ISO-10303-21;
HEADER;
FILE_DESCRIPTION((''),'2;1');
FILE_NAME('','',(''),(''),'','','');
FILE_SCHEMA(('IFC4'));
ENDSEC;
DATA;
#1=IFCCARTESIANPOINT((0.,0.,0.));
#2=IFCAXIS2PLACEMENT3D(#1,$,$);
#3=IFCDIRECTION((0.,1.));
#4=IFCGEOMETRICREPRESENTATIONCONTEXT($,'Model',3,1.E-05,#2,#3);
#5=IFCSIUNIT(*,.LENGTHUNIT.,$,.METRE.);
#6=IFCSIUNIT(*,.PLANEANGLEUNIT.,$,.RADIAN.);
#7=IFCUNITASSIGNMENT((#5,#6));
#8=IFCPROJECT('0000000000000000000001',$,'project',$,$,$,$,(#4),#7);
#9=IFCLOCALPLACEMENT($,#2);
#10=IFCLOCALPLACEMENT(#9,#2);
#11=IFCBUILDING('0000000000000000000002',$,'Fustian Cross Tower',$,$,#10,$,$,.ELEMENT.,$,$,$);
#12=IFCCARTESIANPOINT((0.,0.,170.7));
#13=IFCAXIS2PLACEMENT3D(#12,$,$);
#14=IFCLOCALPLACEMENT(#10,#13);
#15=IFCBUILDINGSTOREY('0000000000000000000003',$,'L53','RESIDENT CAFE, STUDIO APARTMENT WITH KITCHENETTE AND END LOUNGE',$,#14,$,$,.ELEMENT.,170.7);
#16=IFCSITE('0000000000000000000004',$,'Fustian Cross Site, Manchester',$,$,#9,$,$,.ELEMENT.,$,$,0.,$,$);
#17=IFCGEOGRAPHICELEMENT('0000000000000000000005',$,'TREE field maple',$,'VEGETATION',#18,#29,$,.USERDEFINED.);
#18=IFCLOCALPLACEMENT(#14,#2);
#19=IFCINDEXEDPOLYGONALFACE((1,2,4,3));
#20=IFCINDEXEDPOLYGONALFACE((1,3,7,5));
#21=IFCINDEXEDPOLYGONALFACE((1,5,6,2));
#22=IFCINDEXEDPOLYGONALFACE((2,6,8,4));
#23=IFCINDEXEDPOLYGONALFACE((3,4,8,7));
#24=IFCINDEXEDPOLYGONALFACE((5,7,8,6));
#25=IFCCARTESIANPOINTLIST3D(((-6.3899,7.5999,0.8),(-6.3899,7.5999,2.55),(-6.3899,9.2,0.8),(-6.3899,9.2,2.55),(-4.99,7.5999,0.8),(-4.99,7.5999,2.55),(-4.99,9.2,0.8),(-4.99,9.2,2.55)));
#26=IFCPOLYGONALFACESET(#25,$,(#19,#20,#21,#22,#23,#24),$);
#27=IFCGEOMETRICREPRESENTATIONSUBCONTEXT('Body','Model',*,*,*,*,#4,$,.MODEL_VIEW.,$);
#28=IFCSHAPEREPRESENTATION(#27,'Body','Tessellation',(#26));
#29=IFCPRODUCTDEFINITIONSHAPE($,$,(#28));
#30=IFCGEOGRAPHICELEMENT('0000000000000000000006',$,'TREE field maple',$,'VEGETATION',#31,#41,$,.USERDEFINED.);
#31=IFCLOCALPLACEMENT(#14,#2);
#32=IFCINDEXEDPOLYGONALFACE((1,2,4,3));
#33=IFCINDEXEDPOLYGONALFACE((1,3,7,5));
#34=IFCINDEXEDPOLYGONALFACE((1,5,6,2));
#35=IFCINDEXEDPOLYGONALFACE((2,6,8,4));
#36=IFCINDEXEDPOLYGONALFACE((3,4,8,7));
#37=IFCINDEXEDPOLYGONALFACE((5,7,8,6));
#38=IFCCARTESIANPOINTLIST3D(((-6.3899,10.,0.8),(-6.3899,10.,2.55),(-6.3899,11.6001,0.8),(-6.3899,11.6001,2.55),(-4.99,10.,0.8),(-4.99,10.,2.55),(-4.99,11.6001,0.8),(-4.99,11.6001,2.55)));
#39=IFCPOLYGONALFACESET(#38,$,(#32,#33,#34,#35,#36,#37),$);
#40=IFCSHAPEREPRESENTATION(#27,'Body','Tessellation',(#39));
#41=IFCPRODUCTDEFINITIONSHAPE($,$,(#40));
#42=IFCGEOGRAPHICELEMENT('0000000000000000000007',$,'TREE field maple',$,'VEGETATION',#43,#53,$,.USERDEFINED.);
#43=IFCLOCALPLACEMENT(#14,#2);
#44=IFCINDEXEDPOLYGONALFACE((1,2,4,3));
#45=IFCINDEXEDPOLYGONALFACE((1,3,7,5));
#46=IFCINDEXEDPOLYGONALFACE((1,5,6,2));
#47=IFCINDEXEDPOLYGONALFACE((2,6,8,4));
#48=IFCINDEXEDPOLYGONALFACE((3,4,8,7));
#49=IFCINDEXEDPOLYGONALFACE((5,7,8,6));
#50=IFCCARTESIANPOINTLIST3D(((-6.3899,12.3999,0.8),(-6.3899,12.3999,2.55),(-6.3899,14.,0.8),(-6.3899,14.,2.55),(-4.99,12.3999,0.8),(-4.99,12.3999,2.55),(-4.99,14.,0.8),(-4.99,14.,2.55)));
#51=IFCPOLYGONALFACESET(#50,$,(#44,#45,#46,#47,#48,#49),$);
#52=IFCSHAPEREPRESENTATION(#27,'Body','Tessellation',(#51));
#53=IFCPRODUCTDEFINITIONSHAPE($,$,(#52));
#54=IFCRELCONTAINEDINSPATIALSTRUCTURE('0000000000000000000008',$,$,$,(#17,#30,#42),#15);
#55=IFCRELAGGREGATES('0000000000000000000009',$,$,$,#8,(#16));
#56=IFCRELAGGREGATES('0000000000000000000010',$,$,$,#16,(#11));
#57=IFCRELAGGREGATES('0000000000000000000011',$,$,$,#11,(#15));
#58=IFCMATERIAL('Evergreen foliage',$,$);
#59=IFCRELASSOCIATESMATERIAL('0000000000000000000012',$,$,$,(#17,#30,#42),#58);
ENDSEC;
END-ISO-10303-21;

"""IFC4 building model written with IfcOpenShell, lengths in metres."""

from ifc_helpers import new_model, si_unit, direction, frame, origin, origin_2d, place, context, subcontext, project, spatial, rectangle, extrude, material, element, save


model = new_model("IFC4")

# Units and contexts
model_context = context("Model", 3, precision=1e-05, world=origin(), true_north=direction((0.0, 1.0)))
body_context = subcontext(model_context, "Body", "Model", "MODEL_VIEW")
ifc_project = project(units=[si_unit("LENGTHUNIT", "METRE"), si_unit("PLANEANGLEUNIT", "RADIAN")], contexts=[model_context])

# Site, building, storey
site_placement = place(None, origin())
site = spatial("IfcSite", under=ifc_project, at=site_placement, Name="Fustian Cross Site, Manchester", CompositionType="ELEMENT", RefElevation=0.0)
building_placement = place(site_placement, origin())
building = spatial("IfcBuilding", under=site, at=building_placement, Name="Fustian Cross Tower", CompositionType="ELEMENT")
storey_placement = place(building_placement, frame((0.0, 0.0, 170.7)))
storey = spatial("IfcBuildingStorey", under=building, at=storey_placement, Name="L53", Description="RESIDENT CAFE, STUDIO APARTMENT WITH KITCHENETTE AND END LOUNGE", CompositionType="ELEMENT", Elevation=170.7)

# Geographic elements
ifc_material_1 = material(Name="Evergreen foliage")
for number, where, z_axis, x_axis, name in (
    (1, (-5.6899, 8.3999, 0.8), (0.0, 0.0, 1.0), (1.0, 0.0, 0.0), "TREE field maple"),
    (2, (-5.6899, 10.8, 0.8), (0.0, 0.0, 1.0), (1.0, 0.0, 0.0), "TREE field maple"),
    (3, (-5.6899, 13.2, 0.8), (0.0, 0.0, 1.0), (1.0, 0.0, 0.0), "TREE field maple"),
):
    element("IfcGeographicElement", number, at=place(storey_placement, frame(where, z_axis=z_axis, x_axis=x_axis)), inside=storey, material=ifc_material_1, Name=name, ObjectType="VEGETATION", PredefinedType="USERDEFINED", context=body_context, shape_type="SweptSolid", body=[
        extrude(rectangle(XDim=1.3999, YDim=1.6001, at=origin_2d()), origin(), (0.0, 0.0, 1.0), 1.75),
    ])

save(model, "model.ifc")
